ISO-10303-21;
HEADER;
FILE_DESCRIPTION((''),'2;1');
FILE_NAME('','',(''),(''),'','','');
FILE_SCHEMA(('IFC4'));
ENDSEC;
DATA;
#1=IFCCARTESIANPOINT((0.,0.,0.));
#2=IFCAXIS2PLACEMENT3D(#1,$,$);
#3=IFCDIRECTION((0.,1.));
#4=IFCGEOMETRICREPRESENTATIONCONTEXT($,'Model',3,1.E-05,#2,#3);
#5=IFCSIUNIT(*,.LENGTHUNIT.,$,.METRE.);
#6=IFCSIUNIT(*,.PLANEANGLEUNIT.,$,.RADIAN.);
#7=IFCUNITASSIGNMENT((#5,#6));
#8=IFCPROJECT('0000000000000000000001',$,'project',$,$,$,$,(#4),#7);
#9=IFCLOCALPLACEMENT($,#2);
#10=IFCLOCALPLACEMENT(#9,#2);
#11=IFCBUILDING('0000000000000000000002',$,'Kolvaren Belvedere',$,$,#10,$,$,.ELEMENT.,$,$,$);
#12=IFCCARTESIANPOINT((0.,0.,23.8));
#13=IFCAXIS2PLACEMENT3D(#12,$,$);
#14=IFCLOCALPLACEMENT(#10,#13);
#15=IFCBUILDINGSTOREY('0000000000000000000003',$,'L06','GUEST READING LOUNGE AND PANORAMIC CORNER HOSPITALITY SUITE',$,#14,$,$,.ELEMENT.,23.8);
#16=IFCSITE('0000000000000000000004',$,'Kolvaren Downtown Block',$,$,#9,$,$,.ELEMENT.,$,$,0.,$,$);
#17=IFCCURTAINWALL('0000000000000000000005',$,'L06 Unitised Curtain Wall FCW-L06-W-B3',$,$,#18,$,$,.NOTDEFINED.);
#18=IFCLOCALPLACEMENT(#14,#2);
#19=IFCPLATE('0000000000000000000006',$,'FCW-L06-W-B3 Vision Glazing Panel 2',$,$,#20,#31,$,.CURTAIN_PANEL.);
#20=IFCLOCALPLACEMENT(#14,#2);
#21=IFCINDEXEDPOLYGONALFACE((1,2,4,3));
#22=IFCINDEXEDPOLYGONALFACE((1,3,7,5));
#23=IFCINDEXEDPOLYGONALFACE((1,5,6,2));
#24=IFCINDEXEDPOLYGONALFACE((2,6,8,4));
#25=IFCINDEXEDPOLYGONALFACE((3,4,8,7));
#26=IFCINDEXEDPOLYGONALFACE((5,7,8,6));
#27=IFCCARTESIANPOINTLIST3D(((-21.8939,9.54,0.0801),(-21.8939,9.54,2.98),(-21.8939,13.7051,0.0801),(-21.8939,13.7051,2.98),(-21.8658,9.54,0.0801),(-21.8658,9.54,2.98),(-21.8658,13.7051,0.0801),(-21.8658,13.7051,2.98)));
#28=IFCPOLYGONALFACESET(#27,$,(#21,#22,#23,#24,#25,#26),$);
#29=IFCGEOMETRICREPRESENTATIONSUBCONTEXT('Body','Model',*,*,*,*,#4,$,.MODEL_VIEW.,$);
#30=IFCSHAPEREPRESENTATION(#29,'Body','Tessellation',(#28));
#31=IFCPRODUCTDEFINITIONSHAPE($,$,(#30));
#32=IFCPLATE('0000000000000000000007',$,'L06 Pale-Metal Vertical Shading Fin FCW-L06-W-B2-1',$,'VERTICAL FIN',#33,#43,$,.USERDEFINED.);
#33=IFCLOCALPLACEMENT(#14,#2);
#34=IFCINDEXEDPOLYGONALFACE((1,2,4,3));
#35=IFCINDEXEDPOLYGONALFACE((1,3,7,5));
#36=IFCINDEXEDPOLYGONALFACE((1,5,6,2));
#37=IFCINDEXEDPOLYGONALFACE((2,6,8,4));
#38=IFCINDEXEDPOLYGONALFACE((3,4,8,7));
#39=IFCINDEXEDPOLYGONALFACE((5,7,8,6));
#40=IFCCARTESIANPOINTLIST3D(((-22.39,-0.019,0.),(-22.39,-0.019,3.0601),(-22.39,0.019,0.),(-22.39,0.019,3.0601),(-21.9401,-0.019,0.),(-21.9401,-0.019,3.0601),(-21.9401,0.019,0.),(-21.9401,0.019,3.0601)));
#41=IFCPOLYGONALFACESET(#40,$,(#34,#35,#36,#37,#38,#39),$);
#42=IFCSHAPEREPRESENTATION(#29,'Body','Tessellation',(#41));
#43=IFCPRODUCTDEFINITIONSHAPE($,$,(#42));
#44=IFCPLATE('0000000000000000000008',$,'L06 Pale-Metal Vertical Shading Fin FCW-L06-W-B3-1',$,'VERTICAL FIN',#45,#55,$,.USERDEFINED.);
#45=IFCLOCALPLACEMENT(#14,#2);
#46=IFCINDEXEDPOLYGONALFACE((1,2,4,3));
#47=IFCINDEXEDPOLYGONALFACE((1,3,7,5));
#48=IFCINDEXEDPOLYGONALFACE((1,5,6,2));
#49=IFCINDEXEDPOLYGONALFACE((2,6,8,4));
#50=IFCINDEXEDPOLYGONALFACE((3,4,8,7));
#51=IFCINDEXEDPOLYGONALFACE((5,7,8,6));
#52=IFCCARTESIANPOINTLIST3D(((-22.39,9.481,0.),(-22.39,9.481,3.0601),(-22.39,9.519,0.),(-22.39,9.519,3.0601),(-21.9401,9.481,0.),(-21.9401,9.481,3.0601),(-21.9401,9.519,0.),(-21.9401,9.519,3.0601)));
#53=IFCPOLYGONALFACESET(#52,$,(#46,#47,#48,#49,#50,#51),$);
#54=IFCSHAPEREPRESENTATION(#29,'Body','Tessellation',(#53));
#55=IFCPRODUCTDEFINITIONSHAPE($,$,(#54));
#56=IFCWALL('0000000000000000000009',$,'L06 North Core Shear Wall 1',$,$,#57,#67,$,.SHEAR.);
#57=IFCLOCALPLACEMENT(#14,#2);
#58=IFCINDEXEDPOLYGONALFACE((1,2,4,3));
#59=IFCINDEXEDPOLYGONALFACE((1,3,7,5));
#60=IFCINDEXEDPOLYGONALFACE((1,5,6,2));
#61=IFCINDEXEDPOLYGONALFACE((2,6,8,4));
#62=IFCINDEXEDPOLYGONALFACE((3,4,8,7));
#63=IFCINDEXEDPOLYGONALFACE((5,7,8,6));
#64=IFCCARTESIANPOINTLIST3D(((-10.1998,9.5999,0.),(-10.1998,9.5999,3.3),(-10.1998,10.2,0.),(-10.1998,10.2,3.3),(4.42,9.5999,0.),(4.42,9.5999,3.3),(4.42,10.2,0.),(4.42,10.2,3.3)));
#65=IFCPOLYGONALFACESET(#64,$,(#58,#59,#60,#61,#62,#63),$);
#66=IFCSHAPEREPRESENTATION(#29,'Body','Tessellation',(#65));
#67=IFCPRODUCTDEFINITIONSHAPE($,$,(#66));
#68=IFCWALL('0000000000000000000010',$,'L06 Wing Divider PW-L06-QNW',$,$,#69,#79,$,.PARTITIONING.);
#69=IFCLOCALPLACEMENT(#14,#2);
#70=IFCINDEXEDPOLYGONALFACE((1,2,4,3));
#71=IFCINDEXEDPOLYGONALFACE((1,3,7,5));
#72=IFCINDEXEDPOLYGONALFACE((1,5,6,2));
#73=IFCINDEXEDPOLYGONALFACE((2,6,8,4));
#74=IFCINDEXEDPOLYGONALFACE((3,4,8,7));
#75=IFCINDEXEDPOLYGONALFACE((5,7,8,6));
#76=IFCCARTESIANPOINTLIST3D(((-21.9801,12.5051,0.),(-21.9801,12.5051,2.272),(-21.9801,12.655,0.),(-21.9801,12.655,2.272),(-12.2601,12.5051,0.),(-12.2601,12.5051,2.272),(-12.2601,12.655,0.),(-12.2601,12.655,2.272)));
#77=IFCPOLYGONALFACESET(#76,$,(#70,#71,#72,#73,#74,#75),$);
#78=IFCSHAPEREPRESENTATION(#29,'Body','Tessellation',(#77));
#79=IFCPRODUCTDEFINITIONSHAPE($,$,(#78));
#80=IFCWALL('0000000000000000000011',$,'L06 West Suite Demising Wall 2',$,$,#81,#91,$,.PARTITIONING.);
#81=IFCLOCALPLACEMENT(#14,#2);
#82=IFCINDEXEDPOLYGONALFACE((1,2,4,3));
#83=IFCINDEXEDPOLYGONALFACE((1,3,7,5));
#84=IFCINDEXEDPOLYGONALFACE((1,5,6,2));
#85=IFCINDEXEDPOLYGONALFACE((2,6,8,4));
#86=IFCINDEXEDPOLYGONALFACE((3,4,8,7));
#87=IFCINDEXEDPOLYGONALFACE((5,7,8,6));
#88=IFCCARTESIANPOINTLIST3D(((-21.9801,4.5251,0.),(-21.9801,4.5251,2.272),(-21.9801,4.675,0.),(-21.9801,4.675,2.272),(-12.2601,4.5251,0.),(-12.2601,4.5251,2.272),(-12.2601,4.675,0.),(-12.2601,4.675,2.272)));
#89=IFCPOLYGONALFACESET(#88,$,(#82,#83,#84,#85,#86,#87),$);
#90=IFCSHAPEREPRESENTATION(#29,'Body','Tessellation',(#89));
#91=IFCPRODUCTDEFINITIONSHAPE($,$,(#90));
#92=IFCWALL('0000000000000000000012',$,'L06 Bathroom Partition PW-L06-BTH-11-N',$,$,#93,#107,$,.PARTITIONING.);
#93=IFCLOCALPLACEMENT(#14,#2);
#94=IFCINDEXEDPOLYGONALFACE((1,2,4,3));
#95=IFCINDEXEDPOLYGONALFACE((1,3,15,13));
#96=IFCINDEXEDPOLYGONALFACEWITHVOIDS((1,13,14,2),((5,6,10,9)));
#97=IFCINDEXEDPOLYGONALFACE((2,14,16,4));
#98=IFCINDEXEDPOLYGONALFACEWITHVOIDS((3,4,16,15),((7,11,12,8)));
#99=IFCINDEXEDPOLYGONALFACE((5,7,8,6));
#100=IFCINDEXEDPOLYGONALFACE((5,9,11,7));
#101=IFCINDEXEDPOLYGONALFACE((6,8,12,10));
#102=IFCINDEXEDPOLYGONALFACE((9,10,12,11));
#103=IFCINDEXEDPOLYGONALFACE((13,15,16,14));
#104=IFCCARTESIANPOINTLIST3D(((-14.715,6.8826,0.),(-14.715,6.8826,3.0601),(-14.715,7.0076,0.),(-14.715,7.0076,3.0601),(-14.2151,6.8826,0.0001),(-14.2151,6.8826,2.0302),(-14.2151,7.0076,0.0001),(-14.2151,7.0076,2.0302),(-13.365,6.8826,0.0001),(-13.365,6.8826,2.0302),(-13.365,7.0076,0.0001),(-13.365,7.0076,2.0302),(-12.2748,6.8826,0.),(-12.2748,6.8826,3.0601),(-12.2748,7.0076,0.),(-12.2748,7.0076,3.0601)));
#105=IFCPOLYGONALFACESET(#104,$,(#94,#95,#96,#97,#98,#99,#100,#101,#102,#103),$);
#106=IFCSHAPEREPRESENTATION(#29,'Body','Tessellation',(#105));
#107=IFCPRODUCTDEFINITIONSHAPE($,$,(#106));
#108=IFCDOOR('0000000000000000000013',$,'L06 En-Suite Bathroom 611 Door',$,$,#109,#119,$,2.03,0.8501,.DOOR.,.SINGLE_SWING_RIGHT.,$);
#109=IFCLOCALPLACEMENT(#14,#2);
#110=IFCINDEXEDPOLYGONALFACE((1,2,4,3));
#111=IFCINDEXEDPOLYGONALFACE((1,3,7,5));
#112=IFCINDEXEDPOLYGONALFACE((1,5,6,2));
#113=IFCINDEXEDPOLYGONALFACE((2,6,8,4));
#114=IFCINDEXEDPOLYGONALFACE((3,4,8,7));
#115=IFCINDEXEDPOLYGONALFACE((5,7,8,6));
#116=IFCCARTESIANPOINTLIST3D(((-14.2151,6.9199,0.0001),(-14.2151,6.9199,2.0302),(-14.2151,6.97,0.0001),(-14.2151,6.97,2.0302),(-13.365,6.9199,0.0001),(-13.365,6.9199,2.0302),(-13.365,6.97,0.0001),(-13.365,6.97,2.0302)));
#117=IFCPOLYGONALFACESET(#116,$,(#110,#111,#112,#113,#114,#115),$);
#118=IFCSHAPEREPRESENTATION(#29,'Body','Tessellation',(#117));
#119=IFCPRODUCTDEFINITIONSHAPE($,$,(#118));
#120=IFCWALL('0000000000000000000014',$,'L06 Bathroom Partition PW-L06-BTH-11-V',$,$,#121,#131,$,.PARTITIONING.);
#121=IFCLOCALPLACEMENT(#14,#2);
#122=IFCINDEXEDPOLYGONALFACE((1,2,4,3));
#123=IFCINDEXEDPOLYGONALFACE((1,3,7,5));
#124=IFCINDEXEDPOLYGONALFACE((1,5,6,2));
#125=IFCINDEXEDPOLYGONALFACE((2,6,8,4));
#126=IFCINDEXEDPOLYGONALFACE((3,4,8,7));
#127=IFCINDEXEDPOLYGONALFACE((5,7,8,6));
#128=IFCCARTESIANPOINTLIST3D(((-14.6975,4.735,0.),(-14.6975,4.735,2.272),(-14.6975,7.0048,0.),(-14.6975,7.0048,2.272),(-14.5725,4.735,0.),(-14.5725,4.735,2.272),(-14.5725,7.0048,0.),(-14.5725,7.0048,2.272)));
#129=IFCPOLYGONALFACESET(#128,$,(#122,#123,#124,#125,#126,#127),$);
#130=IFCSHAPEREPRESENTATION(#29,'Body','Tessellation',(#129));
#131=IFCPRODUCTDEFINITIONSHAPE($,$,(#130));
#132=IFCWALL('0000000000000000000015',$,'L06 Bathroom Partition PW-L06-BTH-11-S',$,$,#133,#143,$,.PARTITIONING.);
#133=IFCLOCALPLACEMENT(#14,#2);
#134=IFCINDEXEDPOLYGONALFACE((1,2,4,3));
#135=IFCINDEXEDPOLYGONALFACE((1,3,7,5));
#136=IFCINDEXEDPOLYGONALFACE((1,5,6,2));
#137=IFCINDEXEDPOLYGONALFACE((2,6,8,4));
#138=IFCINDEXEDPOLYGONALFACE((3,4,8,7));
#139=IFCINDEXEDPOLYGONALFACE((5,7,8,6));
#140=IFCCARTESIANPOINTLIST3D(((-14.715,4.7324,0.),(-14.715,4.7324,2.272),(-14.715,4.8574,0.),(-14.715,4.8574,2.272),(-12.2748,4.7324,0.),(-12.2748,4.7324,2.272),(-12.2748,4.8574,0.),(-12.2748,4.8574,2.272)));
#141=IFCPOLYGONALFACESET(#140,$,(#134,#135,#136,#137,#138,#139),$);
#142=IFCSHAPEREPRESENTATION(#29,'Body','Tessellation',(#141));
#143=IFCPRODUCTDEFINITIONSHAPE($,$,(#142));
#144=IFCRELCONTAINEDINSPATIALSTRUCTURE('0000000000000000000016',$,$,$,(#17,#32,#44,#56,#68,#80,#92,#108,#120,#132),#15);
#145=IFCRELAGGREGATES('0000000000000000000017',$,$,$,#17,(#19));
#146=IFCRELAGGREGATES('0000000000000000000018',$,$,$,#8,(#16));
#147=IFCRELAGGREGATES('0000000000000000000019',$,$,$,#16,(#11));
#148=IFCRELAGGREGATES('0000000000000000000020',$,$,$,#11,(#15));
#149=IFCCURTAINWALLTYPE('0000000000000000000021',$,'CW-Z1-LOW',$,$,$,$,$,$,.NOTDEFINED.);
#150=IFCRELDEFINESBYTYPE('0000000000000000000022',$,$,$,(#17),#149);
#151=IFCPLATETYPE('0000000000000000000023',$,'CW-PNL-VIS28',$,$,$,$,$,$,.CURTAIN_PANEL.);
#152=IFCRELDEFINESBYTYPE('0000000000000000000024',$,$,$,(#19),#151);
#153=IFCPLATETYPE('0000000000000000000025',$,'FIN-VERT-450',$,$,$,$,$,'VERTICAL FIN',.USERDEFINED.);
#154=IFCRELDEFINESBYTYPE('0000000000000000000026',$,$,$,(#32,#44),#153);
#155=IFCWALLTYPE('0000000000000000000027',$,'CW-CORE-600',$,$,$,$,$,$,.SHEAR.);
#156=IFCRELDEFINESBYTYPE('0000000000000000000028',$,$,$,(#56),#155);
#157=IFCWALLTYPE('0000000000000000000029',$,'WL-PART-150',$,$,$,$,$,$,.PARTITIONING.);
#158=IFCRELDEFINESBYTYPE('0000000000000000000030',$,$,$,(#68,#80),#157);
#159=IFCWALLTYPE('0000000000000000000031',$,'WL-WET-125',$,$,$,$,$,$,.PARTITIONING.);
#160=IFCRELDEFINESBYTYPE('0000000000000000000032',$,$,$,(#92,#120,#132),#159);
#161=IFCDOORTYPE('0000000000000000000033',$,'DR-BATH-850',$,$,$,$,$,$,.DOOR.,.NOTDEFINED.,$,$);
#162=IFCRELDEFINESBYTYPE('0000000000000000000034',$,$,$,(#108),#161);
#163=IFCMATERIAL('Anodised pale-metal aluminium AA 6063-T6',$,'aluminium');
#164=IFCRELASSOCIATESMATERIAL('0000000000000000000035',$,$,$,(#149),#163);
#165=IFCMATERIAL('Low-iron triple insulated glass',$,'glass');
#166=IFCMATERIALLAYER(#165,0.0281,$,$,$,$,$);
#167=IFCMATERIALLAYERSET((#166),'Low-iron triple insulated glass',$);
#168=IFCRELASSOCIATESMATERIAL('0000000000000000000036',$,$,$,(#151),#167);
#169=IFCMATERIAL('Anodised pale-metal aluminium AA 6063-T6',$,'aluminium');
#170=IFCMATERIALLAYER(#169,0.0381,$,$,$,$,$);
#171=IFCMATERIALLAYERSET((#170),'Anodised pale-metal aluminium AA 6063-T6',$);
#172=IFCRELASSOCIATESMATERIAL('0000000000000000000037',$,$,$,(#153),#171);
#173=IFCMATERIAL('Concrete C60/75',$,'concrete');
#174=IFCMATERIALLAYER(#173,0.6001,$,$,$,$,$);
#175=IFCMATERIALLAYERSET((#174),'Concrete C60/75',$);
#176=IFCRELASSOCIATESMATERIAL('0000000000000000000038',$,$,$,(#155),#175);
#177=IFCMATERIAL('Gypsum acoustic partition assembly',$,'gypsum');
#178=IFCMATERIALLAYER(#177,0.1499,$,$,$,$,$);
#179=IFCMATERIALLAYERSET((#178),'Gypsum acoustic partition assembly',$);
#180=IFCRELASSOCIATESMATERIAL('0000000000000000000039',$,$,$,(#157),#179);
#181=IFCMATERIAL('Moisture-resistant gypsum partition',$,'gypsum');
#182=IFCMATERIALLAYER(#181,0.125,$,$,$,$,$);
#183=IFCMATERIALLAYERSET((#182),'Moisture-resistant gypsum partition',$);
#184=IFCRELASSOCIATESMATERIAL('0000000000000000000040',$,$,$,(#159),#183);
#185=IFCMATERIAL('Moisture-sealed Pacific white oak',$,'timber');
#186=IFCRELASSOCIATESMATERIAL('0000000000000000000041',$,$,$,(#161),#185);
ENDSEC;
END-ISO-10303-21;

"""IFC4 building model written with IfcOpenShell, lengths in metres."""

from ifc_helpers import new_model, si_unit, direction, frame, frame_2d, origin, origin_2d, place, context, subcontext, project, spatial, rectangle, extrude, material, layer, layer_set, type_object, element, fill, aggregate, save


model = new_model("IFC4")

# Units and contexts
model_context = context("Model", 3, precision=1e-05, world=origin(), true_north=direction((0.0, 1.0)))
body_context = subcontext(model_context, "Body", "Model", "MODEL_VIEW")
ifc_project = project(units=[si_unit("LENGTHUNIT", "METRE"), si_unit("PLANEANGLEUNIT", "RADIAN")], contexts=[model_context])

# Site, building, storey
site_placement = place(None, origin())
site = spatial("IfcSite", under=ifc_project, at=site_placement, Name="Kolvaren Downtown Block", CompositionType="ELEMENT", RefElevation=0.0)
building_placement = place(site_placement, origin())
building = spatial("IfcBuilding", under=site, at=building_placement, Name="Kolvaren Belvedere", CompositionType="ELEMENT")
storey_placement = place(building_placement, frame((0.0, 0.0, 23.8)))
storey = spatial("IfcBuildingStorey", under=building, at=storey_placement, Name="L06", Description="GUEST READING LOUNGE AND PANORAMIC CORNER HOSPITALITY SUITE", CompositionType="ELEMENT", Elevation=23.8)

# Curtain wall
ifc_material_1 = material(Name="Anodised pale-metal aluminium AA 6063-T6", Category="aluminium")
curtain_wall_type = type_object("IfcCurtainWallType", Name="CW-Z1-LOW", PredefinedType="NOTDEFINED", material=ifc_material_1)
curtain_wall_1_placement = place(storey_placement, origin())
curtain_wall_1 = element("IfcCurtainWall", 1, at=curtain_wall_1_placement, inside=storey, type_object=curtain_wall_type, Name="L06 Unitised Curtain Wall FCW-L06-W-B3", PredefinedType="NOTDEFINED")

# Plate
ifc_material_2 = material(Name="Low-iron triple insulated glass", Category="glass")
ifc_layer_1 = layer(ifc_material_2, 0.0281)
ifc_layer_set_1 = layer_set([ifc_layer_1], Name="Low-iron triple insulated glass")
plate_type_1 = type_object("IfcPlateType", Name="CW-PNL-VIS28", PredefinedType="CURTAIN_PANEL", material=ifc_layer_set_1)
plate_1_placement = place(storey_placement, frame((-21.8799, 11.6226, 0.0801), z_axis=(0.0, 0.0, 1.0), x_axis=(0.0, 1.0, 0.0)))
plate_1 = element("IfcPlate", 2, at=plate_1_placement, type_object=plate_type_1, Name="FCW-L06-W-B3 Vision Glazing Panel 2", PredefinedType="CURTAIN_PANEL", context=body_context, shape_type="SweptSolid", body=[
    extrude(rectangle(XDim=4.165, YDim=0.0281, at=origin_2d()), origin(), (0.0, 0.0, 1.0), 2.8999),
])
aggregate(curtain_wall_1, [plate_1])

# Plates
ifc_material_3 = material(Name="Anodised pale-metal aluminium AA 6063-T6", Category="aluminium")
ifc_layer_2 = layer(ifc_material_3, 0.0381)
ifc_layer_set_2 = layer_set([ifc_layer_2], Name="Anodised pale-metal aluminium AA 6063-T6")
plate_type_2 = type_object("IfcPlateType", Name="FIN-VERT-450", ElementType="VERTICAL FIN", PredefinedType="USERDEFINED", material=ifc_layer_set_2)
for number, where, z_axis, x_axis, name in (
    (3, (-22.165, 0.0, 0.0), (0.0, 0.0, 1.0), (1.0, 0.0, 0.0), "L06 Pale-Metal Vertical Shading Fin FCW-L06-W-B2-1"),
    (4, (-22.165, 9.5, 0.0), (0.0, 0.0, 1.0), (1.0, 0.0, 0.0), "L06 Pale-Metal Vertical Shading Fin FCW-L06-W-B3-1"),
):
    element("IfcPlate", number, at=place(storey_placement, frame(where, z_axis=z_axis, x_axis=x_axis)), inside=storey, type_object=plate_type_2, Name=name, ObjectType="VERTICAL FIN", PredefinedType="USERDEFINED", context=body_context, shape_type="SweptSolid", body=[
        extrude(rectangle(XDim=0.45, YDim=0.0381, at=origin_2d()), origin(), (0.0, 0.0, 1.0), 3.0601),
    ])

# Walls
ifc_material_4 = material(Name="Concrete C60/75", Category="concrete")
ifc_layer_3 = layer(ifc_material_4, 0.6001)
ifc_layer_set_3 = layer_set([ifc_layer_3], Name="Concrete C60/75")
wall_type_1 = type_object("IfcWallType", Name="CW-CORE-600", PredefinedType="SHEAR", material=ifc_layer_set_3)
wall_1_placement = place(storey_placement, frame((-10.2, 9.8999, 0.0), z_axis=(0.0, 0.0, 1.0), x_axis=(1.0, 0.0, 0.0)))
element("IfcWall", 5, at=wall_1_placement, inside=storey, type_object=wall_type_1, Name="L06 North Core Shear Wall 1", PredefinedType="SHEAR", context=body_context, shape_type="SweptSolid", body=[
    extrude(rectangle(XDim=14.6199, YDim=0.6001, at=frame_2d((7.3101, 0.0))), origin(), (0.0, 0.0, 1.0), 3.3),
])
ifc_material_5 = material(Name="Gypsum acoustic partition assembly", Category="gypsum")
ifc_layer_4 = layer(ifc_material_5, 0.1499)
ifc_layer_set_4 = layer_set([ifc_layer_4], Name="Gypsum acoustic partition assembly")
wall_type_2 = type_object("IfcWallType", Name="WL-PART-150", PredefinedType="PARTITIONING", material=ifc_layer_set_4)
for number, where, z_axis, x_axis, name in (
    (6, (-21.98, 12.5801, 0.0), (0.0, 0.0, 1.0), (1.0, 0.0, 0.0), "L06 Wing Divider PW-L06-QNW"),
    (7, (-21.98, 4.6001, 0.0), (0.0, 0.0, 1.0), (1.0, 0.0, 0.0), "L06 West Suite Demising Wall 2"),
):
    element("IfcWall", number, at=place(storey_placement, frame(where, z_axis=z_axis, x_axis=x_axis)), inside=storey, type_object=wall_type_2, Name=name, PredefinedType="PARTITIONING", context=body_context, shape_type="SweptSolid", body=[
        extrude(rectangle(XDim=9.72, YDim=0.1499, at=frame_2d((4.8599, 0.0))), origin(), (0.0, 0.0, 1.0), 2.272),
    ])

# Wall, opening, door
ifc_material_6 = material(Name="Moisture-resistant gypsum partition", Category="gypsum")
ifc_layer_5 = layer(ifc_material_6, 0.125)
ifc_layer_set_5 = layer_set([ifc_layer_5], Name="Moisture-resistant gypsum partition")
wall_type_3 = type_object("IfcWallType", Name="WL-WET-125", PredefinedType="PARTITIONING", material=ifc_layer_set_5)
wall_2_placement = place(storey_placement, frame((-14.7151, 6.9451, 0.0), z_axis=(0.0, 0.0, 1.0), x_axis=(1.0, 0.0, 0.0)))
wall_2 = element("IfcWall", 8, at=wall_2_placement, inside=storey, type_object=wall_type_3, Name="L06 Bathroom Partition PW-L06-BTH-11-N", PredefinedType="PARTITIONING", context=body_context, shape_type="SweptSolid", body=[
    extrude(rectangle(XDim=2.4402, YDim=0.125, at=frame_2d((1.2202, 0.0))), origin(), (0.0, 0.0, 1.0), 3.0601),
])
opening_placement = place(wall_2_placement, frame((0.5, 0.0, 0.0)))
opening = element("IfcOpeningElement", 9, at=opening_placement, cuts=wall_2, PredefinedType="OPENING", context=body_context, shape_type="SweptSolid", body=[
    extrude(rectangle(XDim=0.8501, YDim=2.03, at=frame_2d((0.425, 1.0151))), frame((0.0, 0.0725, 0.0), z_axis=(0.0, -1.0, 0.0), x_axis=(1.0, 0.0, 0.0)), (0.0, 0.0, 1.0), 0.145),
])
ifc_material_7 = material(Name="Moisture-sealed Pacific white oak", Category="timber")
door_type = type_object("IfcDoorType", Name="DR-BATH-850", OperationType="NOTDEFINED", PredefinedType="DOOR", material=ifc_material_7)
door_placement = place(opening_placement, origin())
door = element("IfcDoor", 10, at=door_placement, inside=storey, type_object=door_type, Name="L06 En-Suite Bathroom 611 Door", OperationType="SINGLE_SWING_RIGHT", OverallHeight=2.03, OverallWidth=0.8501, PredefinedType="DOOR", context=body_context, shape_type="SweptSolid", body=[
    extrude(rectangle(XDim=0.8501, YDim=2.03, at=frame_2d((0.425, 1.0151))), frame((0.0, 0.0249, 0.0), z_axis=(0.0, -1.0, 0.0), x_axis=(1.0, 0.0, 0.0)), (0.0, 0.0, 1.0), 0.05),
])
fill(opening, door)

# Walls
wall_3_placement = place(storey_placement, frame((-14.635, 4.7351, 0.0), z_axis=(0.0, 0.0, 1.0), x_axis=(0.0, 1.0, 0.0)))
element("IfcWall", 11, at=wall_3_placement, inside=storey, type_object=wall_type_3, Name="L06 Bathroom Partition PW-L06-BTH-11-V", PredefinedType="PARTITIONING", context=body_context, shape_type="SweptSolid", body=[
    extrude(rectangle(XDim=2.2698, YDim=0.125, at=frame_2d((1.1348, 0.0))), origin(), (0.0, 0.0, 1.0), 2.272),
])
wall_4_placement = place(storey_placement, frame((-14.7151, 4.7949, 0.0), z_axis=(0.0, 0.0, 1.0), x_axis=(1.0, 0.0, 0.0)))
element("IfcWall", 12, at=wall_4_placement, inside=storey, type_object=wall_type_3, Name="L06 Bathroom Partition PW-L06-BTH-11-S", PredefinedType="PARTITIONING", context=body_context, shape_type="SweptSolid", body=[
    extrude(rectangle(XDim=2.4402, YDim=0.125, at=frame_2d((1.2202, 0.0))), origin(), (0.0, 0.0, 1.0), 2.272),
])

save(model, "model.ifc")
